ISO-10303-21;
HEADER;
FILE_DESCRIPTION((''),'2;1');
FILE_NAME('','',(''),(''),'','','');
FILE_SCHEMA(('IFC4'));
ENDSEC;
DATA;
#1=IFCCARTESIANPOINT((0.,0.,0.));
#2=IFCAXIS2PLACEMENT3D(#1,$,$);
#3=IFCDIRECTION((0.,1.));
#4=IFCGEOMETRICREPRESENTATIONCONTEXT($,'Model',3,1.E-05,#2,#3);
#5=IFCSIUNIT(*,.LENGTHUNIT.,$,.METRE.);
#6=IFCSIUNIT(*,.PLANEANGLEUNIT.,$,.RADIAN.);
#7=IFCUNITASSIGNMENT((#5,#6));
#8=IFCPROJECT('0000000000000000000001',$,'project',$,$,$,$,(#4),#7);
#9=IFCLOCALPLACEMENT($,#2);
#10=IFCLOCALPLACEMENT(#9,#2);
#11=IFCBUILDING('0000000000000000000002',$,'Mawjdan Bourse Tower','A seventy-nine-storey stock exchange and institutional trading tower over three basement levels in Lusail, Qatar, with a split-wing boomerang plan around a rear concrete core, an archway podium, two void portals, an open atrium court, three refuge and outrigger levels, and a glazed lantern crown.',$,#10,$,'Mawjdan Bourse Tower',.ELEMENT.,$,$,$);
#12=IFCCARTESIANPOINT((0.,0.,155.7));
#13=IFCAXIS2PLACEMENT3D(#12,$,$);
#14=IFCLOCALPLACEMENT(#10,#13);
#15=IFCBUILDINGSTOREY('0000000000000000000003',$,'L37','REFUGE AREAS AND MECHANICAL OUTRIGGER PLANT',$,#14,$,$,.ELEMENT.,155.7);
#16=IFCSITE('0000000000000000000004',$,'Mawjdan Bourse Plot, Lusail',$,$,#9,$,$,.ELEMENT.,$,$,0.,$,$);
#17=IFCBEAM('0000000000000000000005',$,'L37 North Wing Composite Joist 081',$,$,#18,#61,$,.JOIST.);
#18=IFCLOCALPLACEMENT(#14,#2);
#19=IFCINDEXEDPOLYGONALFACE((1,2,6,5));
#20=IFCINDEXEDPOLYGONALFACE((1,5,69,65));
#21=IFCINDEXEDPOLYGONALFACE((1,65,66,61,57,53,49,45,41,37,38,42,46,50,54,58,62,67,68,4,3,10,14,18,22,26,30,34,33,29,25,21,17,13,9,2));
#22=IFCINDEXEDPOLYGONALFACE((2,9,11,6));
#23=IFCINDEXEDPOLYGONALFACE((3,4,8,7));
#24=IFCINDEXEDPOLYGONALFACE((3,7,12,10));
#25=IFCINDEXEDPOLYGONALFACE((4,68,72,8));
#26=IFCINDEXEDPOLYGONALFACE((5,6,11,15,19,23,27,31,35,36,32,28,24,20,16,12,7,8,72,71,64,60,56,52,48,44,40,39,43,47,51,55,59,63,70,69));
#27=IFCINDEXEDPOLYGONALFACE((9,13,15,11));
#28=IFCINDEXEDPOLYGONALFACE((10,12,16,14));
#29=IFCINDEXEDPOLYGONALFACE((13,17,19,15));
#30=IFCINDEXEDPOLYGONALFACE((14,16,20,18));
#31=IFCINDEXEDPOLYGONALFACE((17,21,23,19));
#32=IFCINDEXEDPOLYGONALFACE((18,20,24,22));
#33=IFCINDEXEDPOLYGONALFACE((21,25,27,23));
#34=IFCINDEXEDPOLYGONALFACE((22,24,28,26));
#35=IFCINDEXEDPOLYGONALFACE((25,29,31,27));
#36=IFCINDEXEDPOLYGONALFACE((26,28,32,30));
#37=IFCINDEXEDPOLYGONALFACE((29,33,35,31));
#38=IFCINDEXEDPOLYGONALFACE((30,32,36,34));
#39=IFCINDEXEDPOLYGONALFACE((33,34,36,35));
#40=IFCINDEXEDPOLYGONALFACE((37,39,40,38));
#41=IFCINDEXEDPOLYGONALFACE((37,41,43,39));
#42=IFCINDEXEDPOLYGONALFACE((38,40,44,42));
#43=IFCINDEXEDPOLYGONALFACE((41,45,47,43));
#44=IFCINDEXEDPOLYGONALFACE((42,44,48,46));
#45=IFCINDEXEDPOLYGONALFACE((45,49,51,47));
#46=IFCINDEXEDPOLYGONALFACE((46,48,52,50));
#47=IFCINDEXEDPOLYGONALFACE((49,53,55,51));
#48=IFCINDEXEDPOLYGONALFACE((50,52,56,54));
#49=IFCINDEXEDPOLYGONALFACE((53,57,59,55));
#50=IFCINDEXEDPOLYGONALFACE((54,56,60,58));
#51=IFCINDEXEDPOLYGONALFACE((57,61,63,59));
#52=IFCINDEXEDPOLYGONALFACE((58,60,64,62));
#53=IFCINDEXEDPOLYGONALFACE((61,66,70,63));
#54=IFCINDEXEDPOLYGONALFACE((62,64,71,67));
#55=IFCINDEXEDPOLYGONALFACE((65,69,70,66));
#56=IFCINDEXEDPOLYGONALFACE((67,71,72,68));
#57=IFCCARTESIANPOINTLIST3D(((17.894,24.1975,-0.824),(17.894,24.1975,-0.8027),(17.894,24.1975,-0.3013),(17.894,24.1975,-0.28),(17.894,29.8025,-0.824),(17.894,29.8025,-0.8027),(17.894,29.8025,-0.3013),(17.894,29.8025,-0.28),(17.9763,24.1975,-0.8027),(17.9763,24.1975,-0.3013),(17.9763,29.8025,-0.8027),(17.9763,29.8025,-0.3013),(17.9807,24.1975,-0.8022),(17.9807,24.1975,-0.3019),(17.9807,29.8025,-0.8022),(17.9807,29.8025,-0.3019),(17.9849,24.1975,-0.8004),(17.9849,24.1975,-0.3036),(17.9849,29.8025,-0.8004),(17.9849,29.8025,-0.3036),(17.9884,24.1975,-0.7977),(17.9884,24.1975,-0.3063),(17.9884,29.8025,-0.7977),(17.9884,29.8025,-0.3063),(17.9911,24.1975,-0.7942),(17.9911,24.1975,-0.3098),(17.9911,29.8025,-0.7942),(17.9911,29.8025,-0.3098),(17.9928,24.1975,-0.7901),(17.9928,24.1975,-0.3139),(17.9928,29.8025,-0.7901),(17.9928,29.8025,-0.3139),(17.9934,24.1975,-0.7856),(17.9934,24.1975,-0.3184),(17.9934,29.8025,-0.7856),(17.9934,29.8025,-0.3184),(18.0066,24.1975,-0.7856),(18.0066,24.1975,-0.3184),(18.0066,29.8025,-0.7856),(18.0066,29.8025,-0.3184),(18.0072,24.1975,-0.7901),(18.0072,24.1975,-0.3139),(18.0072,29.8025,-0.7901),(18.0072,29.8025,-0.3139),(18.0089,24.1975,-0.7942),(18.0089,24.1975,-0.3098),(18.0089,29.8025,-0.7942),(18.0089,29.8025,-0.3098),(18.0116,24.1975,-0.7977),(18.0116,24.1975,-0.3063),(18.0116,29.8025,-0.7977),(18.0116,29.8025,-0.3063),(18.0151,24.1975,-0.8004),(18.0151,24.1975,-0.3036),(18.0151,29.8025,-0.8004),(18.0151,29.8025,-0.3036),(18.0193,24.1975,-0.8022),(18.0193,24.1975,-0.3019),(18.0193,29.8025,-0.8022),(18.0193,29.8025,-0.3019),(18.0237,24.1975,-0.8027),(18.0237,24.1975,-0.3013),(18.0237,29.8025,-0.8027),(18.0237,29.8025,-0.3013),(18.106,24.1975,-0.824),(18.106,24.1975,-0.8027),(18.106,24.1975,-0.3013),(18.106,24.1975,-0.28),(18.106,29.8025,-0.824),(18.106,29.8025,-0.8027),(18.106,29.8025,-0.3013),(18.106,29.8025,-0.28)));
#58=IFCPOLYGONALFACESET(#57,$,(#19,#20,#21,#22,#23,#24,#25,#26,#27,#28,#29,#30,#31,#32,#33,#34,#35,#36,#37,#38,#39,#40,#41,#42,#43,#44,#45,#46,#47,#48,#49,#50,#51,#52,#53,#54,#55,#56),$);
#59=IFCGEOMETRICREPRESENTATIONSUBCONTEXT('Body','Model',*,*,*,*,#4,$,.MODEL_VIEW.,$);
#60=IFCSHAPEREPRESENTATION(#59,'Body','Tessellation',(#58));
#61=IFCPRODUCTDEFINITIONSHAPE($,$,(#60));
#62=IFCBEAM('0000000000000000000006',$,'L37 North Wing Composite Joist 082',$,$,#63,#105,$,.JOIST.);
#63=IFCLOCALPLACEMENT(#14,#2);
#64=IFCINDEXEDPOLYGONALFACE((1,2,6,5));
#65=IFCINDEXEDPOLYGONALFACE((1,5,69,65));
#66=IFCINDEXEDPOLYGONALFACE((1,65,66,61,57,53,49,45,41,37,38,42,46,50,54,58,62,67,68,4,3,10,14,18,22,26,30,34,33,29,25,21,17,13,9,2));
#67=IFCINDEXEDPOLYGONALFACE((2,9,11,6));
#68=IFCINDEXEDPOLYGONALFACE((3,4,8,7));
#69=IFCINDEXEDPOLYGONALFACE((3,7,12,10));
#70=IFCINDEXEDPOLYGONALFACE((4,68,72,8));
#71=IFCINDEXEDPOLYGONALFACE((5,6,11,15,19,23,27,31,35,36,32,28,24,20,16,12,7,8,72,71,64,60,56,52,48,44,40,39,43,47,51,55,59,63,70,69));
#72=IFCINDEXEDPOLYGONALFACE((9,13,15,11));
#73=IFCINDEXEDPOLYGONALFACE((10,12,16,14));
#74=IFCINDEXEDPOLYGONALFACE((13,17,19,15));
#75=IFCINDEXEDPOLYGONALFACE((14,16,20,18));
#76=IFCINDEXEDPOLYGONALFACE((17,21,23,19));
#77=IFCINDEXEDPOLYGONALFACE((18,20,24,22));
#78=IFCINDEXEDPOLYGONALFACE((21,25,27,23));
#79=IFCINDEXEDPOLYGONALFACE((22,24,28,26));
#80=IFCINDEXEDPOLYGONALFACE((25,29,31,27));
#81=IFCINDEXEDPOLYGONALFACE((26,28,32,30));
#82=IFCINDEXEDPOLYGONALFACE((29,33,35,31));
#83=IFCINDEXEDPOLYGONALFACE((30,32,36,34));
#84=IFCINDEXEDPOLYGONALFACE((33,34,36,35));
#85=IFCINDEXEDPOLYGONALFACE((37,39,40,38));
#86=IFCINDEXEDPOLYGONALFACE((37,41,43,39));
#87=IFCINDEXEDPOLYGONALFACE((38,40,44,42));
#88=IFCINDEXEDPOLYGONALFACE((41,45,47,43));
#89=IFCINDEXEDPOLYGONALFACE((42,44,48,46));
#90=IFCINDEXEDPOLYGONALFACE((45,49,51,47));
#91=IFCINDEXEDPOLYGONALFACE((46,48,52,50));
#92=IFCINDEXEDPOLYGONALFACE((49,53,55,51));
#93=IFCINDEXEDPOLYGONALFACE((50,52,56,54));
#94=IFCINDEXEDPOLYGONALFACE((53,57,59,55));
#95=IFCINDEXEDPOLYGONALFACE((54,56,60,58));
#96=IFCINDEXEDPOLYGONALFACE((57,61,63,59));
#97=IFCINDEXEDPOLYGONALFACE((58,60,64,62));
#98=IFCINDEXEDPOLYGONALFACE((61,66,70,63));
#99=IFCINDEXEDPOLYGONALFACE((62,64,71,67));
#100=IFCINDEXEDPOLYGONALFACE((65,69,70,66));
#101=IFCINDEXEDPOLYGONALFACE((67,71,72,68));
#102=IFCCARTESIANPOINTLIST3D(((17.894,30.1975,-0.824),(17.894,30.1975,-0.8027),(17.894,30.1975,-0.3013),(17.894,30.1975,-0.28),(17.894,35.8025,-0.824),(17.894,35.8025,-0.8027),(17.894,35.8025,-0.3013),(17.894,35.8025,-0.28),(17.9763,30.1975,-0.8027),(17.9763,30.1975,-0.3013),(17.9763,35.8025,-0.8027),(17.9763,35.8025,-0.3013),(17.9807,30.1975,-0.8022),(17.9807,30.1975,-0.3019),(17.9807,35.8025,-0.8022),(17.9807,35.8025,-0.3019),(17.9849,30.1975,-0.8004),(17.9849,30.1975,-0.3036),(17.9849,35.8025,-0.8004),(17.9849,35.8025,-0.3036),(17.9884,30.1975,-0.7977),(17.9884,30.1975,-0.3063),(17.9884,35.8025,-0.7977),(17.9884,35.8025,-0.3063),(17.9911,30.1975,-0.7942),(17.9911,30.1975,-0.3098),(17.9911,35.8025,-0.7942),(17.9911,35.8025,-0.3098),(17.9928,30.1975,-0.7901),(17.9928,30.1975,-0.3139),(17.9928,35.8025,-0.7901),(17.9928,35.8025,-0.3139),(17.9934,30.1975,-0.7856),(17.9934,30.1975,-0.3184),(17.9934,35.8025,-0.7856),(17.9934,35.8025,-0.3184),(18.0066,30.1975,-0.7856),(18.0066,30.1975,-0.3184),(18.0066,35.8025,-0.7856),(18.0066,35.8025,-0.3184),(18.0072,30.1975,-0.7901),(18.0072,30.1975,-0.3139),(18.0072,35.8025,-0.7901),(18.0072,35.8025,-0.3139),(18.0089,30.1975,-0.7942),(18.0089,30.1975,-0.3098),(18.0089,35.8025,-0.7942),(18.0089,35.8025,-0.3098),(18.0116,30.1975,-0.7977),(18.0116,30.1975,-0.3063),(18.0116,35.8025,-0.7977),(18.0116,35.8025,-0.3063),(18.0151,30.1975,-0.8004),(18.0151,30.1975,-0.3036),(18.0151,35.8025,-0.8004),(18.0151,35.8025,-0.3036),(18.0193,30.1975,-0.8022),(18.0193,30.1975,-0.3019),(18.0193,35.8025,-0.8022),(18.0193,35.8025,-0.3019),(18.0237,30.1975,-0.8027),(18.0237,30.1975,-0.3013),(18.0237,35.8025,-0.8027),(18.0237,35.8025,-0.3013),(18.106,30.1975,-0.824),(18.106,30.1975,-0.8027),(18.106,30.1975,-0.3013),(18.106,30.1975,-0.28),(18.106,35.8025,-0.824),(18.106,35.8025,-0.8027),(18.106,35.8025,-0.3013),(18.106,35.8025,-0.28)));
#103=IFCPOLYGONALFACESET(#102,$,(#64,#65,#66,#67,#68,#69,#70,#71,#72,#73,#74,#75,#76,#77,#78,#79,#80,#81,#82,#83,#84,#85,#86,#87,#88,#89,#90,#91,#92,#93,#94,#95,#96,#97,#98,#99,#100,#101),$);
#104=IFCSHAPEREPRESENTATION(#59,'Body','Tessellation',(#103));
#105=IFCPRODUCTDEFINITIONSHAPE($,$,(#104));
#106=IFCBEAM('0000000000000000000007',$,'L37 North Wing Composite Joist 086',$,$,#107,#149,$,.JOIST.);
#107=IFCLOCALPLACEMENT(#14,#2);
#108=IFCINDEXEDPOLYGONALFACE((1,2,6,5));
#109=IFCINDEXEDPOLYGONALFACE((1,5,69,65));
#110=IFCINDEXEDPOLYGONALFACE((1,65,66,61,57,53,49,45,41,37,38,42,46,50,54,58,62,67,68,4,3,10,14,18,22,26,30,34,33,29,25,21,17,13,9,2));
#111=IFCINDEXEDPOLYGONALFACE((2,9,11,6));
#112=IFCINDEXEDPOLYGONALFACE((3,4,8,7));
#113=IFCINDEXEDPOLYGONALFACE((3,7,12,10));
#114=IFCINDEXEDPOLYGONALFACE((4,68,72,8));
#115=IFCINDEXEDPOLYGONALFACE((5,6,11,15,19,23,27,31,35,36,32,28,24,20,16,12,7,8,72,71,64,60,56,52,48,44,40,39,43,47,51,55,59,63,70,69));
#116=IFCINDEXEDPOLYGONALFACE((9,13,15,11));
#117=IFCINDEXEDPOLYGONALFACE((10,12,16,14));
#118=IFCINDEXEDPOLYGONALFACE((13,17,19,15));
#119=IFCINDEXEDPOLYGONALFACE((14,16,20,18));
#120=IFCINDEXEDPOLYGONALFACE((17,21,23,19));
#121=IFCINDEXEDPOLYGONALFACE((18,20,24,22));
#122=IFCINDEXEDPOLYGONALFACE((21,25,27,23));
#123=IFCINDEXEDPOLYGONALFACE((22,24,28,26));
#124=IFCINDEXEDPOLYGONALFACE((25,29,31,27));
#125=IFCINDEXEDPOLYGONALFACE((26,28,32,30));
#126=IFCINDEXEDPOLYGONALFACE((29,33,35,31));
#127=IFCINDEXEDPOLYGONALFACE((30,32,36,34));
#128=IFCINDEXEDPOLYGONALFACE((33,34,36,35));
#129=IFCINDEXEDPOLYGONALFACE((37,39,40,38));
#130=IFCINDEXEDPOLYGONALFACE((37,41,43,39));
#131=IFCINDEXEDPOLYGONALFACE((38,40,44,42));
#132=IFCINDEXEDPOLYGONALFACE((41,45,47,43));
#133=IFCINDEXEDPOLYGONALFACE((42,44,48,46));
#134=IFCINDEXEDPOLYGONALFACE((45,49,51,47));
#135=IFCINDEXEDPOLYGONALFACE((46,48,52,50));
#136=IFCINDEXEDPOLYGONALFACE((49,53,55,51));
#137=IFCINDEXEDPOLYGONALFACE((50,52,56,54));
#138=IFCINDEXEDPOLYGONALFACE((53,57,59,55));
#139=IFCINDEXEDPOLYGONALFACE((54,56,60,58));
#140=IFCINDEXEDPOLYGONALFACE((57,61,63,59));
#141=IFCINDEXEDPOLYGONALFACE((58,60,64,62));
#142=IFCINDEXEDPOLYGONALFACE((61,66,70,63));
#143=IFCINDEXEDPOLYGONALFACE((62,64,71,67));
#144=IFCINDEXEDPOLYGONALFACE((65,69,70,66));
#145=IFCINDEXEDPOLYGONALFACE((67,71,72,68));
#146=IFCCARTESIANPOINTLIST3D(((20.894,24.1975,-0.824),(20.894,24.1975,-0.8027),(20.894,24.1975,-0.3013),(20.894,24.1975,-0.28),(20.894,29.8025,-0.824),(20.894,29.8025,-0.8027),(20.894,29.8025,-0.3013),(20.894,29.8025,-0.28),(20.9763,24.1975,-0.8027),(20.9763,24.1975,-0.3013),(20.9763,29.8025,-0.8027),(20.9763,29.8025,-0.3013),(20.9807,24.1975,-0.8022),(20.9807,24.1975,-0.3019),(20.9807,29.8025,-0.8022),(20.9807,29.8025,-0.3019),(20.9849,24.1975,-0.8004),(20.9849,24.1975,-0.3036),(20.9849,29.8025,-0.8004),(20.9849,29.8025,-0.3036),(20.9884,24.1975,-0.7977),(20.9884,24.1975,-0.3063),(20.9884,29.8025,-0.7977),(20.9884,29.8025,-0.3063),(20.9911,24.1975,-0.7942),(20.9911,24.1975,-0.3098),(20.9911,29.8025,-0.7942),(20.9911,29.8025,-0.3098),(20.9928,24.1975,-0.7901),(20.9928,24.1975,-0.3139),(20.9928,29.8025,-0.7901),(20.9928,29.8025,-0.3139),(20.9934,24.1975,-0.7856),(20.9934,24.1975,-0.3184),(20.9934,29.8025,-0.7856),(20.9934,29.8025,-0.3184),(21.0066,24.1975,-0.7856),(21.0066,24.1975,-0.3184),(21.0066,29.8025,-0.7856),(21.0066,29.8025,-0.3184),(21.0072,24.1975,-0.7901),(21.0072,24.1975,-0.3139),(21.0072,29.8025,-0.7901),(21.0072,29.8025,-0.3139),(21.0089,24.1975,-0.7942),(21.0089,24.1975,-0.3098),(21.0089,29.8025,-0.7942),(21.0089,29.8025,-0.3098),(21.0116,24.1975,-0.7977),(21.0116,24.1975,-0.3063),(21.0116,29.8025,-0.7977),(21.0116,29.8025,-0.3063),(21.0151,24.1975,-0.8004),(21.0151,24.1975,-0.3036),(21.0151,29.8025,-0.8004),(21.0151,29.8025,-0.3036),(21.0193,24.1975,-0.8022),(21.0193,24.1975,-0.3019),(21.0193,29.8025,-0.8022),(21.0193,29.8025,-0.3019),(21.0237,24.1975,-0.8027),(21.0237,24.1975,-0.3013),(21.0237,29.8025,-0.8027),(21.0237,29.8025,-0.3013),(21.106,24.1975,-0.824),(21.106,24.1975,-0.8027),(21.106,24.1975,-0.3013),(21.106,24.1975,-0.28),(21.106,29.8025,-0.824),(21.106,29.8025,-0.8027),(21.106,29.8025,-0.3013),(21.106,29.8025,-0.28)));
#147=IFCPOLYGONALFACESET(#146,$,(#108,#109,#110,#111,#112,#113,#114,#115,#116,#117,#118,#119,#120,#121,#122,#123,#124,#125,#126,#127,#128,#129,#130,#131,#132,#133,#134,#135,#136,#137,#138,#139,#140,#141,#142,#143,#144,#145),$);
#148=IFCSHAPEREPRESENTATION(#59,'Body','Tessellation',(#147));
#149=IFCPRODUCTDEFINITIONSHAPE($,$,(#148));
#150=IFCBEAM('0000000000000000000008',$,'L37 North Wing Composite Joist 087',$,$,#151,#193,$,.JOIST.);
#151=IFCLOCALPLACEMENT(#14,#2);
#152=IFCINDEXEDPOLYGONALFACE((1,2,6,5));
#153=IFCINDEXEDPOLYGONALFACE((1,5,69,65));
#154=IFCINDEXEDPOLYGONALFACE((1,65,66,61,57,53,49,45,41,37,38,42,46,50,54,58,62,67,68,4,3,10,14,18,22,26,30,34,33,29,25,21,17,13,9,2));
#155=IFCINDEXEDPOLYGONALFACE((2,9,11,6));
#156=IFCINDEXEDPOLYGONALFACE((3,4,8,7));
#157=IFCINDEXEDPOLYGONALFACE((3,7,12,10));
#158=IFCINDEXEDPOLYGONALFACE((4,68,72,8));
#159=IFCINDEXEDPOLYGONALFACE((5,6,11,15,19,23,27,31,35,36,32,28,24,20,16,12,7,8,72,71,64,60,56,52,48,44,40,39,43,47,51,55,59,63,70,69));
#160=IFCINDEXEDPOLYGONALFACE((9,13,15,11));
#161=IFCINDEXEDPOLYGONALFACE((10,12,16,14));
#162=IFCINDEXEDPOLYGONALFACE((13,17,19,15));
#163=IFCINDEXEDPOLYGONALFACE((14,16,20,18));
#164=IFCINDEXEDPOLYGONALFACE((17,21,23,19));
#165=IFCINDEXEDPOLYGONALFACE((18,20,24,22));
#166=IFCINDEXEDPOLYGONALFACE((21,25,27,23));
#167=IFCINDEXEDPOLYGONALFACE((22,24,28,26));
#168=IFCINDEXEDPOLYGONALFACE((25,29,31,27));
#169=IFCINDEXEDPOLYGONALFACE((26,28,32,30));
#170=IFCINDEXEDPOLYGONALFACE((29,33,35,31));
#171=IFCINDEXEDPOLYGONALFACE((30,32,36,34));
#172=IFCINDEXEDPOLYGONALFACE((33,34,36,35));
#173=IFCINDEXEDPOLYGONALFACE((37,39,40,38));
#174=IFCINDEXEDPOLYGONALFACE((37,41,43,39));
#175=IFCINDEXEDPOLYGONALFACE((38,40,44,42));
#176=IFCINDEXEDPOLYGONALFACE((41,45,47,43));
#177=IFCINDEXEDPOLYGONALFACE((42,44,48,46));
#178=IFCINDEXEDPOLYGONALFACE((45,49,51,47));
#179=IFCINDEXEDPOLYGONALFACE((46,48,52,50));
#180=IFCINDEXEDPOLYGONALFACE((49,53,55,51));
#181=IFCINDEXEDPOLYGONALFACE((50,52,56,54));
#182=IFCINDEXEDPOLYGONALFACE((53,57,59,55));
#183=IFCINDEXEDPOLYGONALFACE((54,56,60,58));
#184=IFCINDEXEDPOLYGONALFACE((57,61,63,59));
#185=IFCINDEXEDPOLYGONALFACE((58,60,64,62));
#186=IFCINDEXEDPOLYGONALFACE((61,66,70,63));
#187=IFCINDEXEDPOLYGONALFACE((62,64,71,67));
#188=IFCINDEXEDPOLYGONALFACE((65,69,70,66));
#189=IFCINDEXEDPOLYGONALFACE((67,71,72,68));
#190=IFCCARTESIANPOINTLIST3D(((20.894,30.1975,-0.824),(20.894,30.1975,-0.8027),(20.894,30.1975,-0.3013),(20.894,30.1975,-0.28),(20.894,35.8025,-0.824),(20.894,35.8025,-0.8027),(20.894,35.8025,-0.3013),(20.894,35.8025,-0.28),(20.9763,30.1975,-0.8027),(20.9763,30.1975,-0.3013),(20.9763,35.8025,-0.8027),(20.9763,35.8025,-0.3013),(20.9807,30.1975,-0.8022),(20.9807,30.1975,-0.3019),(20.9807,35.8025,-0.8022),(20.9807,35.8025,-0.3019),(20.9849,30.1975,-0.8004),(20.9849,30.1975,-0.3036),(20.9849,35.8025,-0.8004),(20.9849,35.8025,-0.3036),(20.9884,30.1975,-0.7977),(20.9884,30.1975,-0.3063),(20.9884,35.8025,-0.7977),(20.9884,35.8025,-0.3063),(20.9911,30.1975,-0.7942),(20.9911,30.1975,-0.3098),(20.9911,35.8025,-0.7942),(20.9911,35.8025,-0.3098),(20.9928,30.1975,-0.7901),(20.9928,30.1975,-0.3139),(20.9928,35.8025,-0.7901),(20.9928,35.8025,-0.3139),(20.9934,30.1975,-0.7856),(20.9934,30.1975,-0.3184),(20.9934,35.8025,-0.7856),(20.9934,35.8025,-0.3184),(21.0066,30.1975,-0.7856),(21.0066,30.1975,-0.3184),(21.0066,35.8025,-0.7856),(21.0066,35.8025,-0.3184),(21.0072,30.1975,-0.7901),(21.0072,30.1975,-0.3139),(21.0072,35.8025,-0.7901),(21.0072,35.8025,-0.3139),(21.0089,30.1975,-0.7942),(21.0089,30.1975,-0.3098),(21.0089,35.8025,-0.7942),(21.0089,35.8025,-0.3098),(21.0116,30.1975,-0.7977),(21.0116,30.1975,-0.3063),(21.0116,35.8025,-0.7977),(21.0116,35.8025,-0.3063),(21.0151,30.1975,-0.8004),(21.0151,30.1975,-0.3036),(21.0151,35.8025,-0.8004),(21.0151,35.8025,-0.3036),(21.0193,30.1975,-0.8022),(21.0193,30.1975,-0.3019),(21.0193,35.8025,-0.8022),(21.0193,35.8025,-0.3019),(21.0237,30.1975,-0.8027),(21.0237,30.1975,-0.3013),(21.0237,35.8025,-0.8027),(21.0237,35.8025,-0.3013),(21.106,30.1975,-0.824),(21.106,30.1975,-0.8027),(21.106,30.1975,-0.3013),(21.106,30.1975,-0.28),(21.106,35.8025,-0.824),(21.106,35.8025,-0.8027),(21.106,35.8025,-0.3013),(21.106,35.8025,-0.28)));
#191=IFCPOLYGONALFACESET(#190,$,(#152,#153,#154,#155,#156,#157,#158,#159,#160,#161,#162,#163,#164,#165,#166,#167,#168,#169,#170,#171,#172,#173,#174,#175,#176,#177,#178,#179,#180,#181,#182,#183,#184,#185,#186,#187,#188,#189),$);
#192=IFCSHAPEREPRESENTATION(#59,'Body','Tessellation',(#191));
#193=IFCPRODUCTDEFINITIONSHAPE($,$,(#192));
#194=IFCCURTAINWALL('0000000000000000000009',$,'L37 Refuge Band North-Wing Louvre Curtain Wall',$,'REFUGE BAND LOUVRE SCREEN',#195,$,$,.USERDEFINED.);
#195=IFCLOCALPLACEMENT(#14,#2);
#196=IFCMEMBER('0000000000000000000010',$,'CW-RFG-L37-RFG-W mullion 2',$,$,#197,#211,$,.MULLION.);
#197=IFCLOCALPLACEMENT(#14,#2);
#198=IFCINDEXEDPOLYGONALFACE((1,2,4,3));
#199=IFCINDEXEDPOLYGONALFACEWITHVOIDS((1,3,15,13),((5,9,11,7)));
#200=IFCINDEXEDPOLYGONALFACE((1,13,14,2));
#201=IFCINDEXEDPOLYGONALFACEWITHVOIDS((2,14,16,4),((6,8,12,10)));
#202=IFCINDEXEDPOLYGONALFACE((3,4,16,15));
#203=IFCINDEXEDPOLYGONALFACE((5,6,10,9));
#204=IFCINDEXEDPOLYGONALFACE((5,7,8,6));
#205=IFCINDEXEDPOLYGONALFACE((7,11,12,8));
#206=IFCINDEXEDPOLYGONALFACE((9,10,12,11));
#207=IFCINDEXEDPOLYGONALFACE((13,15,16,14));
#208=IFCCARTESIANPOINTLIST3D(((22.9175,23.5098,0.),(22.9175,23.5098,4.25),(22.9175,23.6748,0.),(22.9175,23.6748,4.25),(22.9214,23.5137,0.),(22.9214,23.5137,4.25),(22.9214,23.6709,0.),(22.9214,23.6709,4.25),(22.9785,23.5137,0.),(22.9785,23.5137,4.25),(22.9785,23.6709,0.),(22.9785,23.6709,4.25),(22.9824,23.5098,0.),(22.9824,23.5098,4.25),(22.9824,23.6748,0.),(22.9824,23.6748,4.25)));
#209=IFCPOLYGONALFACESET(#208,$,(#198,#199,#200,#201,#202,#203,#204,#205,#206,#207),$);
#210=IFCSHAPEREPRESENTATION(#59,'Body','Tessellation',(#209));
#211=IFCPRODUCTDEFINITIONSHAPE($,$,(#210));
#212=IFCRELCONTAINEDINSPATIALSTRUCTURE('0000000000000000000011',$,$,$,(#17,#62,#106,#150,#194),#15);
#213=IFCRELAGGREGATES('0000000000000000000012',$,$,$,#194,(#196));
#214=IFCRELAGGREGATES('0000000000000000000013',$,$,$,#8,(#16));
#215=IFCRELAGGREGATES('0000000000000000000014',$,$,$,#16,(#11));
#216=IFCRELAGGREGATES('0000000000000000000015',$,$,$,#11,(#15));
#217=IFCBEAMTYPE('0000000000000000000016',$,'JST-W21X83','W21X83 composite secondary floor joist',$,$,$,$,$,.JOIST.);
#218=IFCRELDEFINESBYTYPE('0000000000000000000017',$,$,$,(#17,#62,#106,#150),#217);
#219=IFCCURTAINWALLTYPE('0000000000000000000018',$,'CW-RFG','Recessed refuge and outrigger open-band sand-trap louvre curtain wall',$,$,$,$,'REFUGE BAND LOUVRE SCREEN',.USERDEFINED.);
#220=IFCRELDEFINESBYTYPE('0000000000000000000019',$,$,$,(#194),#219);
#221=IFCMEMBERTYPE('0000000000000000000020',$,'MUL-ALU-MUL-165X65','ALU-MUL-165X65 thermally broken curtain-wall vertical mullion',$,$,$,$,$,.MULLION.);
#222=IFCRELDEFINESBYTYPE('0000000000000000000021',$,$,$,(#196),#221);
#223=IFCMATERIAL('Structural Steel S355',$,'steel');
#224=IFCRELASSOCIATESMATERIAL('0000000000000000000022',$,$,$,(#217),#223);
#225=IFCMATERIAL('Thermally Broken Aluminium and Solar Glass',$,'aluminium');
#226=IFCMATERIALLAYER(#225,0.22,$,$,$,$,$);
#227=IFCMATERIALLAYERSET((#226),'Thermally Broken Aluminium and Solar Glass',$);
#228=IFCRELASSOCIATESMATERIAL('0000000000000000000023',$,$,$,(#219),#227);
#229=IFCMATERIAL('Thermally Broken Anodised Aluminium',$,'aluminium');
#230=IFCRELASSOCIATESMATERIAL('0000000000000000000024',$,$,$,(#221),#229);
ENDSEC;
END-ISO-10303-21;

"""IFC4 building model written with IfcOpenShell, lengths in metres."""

from ifc_helpers import new_model, si_unit, direction, frame, origin, origin_2d, place, context, subcontext, project, spatial, hollow_rectangle, i_section, extrude, material, layer, layer_set, material_profile, profile_set, type_object, element, aggregate, save


model = new_model("IFC4")

# Units and contexts
model_context = context("Model", 3, precision=1e-05, world=origin(), true_north=direction((0.0, 1.0)))
body_context = subcontext(model_context, "Body", "Model", "MODEL_VIEW")
ifc_project = project(units=[si_unit("LENGTHUNIT", "METRE"), si_unit("PLANEANGLEUNIT", "RADIAN")], contexts=[model_context])

# Site, building, storey
site_placement = place(None, origin())
site = spatial("IfcSite", under=ifc_project, at=site_placement, Name="Mawjdan Bourse Plot, Lusail", CompositionType="ELEMENT", RefElevation=0.0)
building_placement = place(site_placement, origin())
building = spatial("IfcBuilding", under=site, at=building_placement, Name="Mawjdan Bourse Tower", Description="A seventy-nine-storey stock exchange and institutional trading tower over three basement levels in Lusail, Qatar, with a split-wing boomerang plan around a rear concrete core, an archway podium, two void portals, an open atrium court, three refuge and outrigger levels, and a glazed lantern crown.", LongName="Mawjdan Bourse Tower", CompositionType="ELEMENT")
storey_placement = place(building_placement, frame((0.0, 0.0, 155.7)))
storey = spatial("IfcBuildingStorey", under=building, at=storey_placement, Name="L37", Description="REFUGE AREAS AND MECHANICAL OUTRIGGER PLANT", CompositionType="ELEMENT", Elevation=155.7)

# Beams
ifc_material_1 = material(Name="Structural Steel S355", Category="steel")
ifc_material_profile_1 = material_profile(ifc_material_1, i_section(OverallWidth=0.2119, OverallDepth=0.5439, WebThickness=0.0132, FlangeThickness=0.0212, FilletRadius=0.0171, at=origin_2d()), Name="W21X83")
ifc_profile_set_1 = profile_set([ifc_material_profile_1], Name="Structural Steel S355")
beam_type_1 = type_object("IfcBeamType", Name="JST-W21X83", Description="W21X83 composite secondary floor joist", PredefinedType="JOIST", material=ifc_profile_set_1)
for number, where, z_axis, x_axis, name in (
    (1, (18.0, 24.1975, -0.552), (0.0, 1.0, 0.0), (-1.0, 0.0, 0.0), "L37 North Wing Composite Joist 081"),
    (2, (18.0, 30.1975, -0.552), (0.0, 1.0, 0.0), (-1.0, 0.0, 0.0), "L37 North Wing Composite Joist 082"),
    (3, (21.0, 24.1975, -0.552), (0.0, 1.0, 0.0), (-1.0, 0.0, 0.0), "L37 North Wing Composite Joist 086"),
    (4, (21.0, 30.1975, -0.552), (0.0, 1.0, 0.0), (-1.0, 0.0, 0.0), "L37 North Wing Composite Joist 087"),
):
    element("IfcBeam", number, at=place(storey_placement, frame(where, z_axis=z_axis, x_axis=x_axis)), inside=storey, type_object=beam_type_1, Name=name, PredefinedType="JOIST", context=body_context, shape_type="SweptSolid", body=[
        extrude(i_section(OverallWidth=0.2119, OverallDepth=0.5439, WebThickness=0.0132, FlangeThickness=0.0212, FilletRadius=0.0171, at=origin_2d()), origin(), (0.0, 0.0, 1.0), 5.605),
    ])

# Curtain wall, member
ifc_material_2 = material(Name="Thermally Broken Aluminium and Solar Glass", Category="aluminium")
ifc_layer_1 = layer(ifc_material_2, 0.22)
ifc_layer_set_1 = layer_set([ifc_layer_1], Name="Thermally Broken Aluminium and Solar Glass")
curtain_wall_type = type_object("IfcCurtainWallType", Name="CW-RFG", Description="Recessed refuge and outrigger open-band sand-trap louvre curtain wall", ElementType="REFUGE BAND LOUVRE SCREEN", PredefinedType="USERDEFINED", material=ifc_layer_set_1)
curtain_wall_placement = place(storey_placement, origin())
curtain_wall = element("IfcCurtainWall", 5, at=curtain_wall_placement, inside=storey, type_object=curtain_wall_type, Name="L37 Refuge Band North-Wing Louvre Curtain Wall", ObjectType="REFUGE BAND LOUVRE SCREEN", PredefinedType="USERDEFINED")
ifc_material_3 = material(Name="Thermally Broken Anodised Aluminium", Category="aluminium")
ifc_material_profile_2 = material_profile(ifc_material_3, hollow_rectangle(XDim=0.0649, YDim=0.165, WallThickness=0.0039, at=origin_2d()), Name="ALU-MUL-165X65")
ifc_profile_set_2 = profile_set([ifc_material_profile_2], Name="Thermally Broken Anodised Aluminium")
member_type_1 = type_object("IfcMemberType", Name="MUL-ALU-MUL-165X65", Description="ALU-MUL-165X65 thermally broken curtain-wall vertical mullion", PredefinedType="MULLION", material=ifc_profile_set_2)
member_1_placement = place(storey_placement, frame((22.95, 23.5923, 0.0), z_axis=(0.0, 0.0, 1.0), x_axis=(-1.0, 0.0, 0.0)))
member_1 = element("IfcMember", 6, at=member_1_placement, type_object=member_type_1, Name="CW-RFG-L37-RFG-W mullion 2", PredefinedType="MULLION", context=body_context, shape_type="SweptSolid", body=[
    extrude(hollow_rectangle(XDim=0.0649, YDim=0.165, WallThickness=0.0039, at=origin_2d()), origin(), (0.0, 0.0, 1.0), 4.25),
])

aggregate(curtain_wall, [member_1])

save(model, "model.ifc")
